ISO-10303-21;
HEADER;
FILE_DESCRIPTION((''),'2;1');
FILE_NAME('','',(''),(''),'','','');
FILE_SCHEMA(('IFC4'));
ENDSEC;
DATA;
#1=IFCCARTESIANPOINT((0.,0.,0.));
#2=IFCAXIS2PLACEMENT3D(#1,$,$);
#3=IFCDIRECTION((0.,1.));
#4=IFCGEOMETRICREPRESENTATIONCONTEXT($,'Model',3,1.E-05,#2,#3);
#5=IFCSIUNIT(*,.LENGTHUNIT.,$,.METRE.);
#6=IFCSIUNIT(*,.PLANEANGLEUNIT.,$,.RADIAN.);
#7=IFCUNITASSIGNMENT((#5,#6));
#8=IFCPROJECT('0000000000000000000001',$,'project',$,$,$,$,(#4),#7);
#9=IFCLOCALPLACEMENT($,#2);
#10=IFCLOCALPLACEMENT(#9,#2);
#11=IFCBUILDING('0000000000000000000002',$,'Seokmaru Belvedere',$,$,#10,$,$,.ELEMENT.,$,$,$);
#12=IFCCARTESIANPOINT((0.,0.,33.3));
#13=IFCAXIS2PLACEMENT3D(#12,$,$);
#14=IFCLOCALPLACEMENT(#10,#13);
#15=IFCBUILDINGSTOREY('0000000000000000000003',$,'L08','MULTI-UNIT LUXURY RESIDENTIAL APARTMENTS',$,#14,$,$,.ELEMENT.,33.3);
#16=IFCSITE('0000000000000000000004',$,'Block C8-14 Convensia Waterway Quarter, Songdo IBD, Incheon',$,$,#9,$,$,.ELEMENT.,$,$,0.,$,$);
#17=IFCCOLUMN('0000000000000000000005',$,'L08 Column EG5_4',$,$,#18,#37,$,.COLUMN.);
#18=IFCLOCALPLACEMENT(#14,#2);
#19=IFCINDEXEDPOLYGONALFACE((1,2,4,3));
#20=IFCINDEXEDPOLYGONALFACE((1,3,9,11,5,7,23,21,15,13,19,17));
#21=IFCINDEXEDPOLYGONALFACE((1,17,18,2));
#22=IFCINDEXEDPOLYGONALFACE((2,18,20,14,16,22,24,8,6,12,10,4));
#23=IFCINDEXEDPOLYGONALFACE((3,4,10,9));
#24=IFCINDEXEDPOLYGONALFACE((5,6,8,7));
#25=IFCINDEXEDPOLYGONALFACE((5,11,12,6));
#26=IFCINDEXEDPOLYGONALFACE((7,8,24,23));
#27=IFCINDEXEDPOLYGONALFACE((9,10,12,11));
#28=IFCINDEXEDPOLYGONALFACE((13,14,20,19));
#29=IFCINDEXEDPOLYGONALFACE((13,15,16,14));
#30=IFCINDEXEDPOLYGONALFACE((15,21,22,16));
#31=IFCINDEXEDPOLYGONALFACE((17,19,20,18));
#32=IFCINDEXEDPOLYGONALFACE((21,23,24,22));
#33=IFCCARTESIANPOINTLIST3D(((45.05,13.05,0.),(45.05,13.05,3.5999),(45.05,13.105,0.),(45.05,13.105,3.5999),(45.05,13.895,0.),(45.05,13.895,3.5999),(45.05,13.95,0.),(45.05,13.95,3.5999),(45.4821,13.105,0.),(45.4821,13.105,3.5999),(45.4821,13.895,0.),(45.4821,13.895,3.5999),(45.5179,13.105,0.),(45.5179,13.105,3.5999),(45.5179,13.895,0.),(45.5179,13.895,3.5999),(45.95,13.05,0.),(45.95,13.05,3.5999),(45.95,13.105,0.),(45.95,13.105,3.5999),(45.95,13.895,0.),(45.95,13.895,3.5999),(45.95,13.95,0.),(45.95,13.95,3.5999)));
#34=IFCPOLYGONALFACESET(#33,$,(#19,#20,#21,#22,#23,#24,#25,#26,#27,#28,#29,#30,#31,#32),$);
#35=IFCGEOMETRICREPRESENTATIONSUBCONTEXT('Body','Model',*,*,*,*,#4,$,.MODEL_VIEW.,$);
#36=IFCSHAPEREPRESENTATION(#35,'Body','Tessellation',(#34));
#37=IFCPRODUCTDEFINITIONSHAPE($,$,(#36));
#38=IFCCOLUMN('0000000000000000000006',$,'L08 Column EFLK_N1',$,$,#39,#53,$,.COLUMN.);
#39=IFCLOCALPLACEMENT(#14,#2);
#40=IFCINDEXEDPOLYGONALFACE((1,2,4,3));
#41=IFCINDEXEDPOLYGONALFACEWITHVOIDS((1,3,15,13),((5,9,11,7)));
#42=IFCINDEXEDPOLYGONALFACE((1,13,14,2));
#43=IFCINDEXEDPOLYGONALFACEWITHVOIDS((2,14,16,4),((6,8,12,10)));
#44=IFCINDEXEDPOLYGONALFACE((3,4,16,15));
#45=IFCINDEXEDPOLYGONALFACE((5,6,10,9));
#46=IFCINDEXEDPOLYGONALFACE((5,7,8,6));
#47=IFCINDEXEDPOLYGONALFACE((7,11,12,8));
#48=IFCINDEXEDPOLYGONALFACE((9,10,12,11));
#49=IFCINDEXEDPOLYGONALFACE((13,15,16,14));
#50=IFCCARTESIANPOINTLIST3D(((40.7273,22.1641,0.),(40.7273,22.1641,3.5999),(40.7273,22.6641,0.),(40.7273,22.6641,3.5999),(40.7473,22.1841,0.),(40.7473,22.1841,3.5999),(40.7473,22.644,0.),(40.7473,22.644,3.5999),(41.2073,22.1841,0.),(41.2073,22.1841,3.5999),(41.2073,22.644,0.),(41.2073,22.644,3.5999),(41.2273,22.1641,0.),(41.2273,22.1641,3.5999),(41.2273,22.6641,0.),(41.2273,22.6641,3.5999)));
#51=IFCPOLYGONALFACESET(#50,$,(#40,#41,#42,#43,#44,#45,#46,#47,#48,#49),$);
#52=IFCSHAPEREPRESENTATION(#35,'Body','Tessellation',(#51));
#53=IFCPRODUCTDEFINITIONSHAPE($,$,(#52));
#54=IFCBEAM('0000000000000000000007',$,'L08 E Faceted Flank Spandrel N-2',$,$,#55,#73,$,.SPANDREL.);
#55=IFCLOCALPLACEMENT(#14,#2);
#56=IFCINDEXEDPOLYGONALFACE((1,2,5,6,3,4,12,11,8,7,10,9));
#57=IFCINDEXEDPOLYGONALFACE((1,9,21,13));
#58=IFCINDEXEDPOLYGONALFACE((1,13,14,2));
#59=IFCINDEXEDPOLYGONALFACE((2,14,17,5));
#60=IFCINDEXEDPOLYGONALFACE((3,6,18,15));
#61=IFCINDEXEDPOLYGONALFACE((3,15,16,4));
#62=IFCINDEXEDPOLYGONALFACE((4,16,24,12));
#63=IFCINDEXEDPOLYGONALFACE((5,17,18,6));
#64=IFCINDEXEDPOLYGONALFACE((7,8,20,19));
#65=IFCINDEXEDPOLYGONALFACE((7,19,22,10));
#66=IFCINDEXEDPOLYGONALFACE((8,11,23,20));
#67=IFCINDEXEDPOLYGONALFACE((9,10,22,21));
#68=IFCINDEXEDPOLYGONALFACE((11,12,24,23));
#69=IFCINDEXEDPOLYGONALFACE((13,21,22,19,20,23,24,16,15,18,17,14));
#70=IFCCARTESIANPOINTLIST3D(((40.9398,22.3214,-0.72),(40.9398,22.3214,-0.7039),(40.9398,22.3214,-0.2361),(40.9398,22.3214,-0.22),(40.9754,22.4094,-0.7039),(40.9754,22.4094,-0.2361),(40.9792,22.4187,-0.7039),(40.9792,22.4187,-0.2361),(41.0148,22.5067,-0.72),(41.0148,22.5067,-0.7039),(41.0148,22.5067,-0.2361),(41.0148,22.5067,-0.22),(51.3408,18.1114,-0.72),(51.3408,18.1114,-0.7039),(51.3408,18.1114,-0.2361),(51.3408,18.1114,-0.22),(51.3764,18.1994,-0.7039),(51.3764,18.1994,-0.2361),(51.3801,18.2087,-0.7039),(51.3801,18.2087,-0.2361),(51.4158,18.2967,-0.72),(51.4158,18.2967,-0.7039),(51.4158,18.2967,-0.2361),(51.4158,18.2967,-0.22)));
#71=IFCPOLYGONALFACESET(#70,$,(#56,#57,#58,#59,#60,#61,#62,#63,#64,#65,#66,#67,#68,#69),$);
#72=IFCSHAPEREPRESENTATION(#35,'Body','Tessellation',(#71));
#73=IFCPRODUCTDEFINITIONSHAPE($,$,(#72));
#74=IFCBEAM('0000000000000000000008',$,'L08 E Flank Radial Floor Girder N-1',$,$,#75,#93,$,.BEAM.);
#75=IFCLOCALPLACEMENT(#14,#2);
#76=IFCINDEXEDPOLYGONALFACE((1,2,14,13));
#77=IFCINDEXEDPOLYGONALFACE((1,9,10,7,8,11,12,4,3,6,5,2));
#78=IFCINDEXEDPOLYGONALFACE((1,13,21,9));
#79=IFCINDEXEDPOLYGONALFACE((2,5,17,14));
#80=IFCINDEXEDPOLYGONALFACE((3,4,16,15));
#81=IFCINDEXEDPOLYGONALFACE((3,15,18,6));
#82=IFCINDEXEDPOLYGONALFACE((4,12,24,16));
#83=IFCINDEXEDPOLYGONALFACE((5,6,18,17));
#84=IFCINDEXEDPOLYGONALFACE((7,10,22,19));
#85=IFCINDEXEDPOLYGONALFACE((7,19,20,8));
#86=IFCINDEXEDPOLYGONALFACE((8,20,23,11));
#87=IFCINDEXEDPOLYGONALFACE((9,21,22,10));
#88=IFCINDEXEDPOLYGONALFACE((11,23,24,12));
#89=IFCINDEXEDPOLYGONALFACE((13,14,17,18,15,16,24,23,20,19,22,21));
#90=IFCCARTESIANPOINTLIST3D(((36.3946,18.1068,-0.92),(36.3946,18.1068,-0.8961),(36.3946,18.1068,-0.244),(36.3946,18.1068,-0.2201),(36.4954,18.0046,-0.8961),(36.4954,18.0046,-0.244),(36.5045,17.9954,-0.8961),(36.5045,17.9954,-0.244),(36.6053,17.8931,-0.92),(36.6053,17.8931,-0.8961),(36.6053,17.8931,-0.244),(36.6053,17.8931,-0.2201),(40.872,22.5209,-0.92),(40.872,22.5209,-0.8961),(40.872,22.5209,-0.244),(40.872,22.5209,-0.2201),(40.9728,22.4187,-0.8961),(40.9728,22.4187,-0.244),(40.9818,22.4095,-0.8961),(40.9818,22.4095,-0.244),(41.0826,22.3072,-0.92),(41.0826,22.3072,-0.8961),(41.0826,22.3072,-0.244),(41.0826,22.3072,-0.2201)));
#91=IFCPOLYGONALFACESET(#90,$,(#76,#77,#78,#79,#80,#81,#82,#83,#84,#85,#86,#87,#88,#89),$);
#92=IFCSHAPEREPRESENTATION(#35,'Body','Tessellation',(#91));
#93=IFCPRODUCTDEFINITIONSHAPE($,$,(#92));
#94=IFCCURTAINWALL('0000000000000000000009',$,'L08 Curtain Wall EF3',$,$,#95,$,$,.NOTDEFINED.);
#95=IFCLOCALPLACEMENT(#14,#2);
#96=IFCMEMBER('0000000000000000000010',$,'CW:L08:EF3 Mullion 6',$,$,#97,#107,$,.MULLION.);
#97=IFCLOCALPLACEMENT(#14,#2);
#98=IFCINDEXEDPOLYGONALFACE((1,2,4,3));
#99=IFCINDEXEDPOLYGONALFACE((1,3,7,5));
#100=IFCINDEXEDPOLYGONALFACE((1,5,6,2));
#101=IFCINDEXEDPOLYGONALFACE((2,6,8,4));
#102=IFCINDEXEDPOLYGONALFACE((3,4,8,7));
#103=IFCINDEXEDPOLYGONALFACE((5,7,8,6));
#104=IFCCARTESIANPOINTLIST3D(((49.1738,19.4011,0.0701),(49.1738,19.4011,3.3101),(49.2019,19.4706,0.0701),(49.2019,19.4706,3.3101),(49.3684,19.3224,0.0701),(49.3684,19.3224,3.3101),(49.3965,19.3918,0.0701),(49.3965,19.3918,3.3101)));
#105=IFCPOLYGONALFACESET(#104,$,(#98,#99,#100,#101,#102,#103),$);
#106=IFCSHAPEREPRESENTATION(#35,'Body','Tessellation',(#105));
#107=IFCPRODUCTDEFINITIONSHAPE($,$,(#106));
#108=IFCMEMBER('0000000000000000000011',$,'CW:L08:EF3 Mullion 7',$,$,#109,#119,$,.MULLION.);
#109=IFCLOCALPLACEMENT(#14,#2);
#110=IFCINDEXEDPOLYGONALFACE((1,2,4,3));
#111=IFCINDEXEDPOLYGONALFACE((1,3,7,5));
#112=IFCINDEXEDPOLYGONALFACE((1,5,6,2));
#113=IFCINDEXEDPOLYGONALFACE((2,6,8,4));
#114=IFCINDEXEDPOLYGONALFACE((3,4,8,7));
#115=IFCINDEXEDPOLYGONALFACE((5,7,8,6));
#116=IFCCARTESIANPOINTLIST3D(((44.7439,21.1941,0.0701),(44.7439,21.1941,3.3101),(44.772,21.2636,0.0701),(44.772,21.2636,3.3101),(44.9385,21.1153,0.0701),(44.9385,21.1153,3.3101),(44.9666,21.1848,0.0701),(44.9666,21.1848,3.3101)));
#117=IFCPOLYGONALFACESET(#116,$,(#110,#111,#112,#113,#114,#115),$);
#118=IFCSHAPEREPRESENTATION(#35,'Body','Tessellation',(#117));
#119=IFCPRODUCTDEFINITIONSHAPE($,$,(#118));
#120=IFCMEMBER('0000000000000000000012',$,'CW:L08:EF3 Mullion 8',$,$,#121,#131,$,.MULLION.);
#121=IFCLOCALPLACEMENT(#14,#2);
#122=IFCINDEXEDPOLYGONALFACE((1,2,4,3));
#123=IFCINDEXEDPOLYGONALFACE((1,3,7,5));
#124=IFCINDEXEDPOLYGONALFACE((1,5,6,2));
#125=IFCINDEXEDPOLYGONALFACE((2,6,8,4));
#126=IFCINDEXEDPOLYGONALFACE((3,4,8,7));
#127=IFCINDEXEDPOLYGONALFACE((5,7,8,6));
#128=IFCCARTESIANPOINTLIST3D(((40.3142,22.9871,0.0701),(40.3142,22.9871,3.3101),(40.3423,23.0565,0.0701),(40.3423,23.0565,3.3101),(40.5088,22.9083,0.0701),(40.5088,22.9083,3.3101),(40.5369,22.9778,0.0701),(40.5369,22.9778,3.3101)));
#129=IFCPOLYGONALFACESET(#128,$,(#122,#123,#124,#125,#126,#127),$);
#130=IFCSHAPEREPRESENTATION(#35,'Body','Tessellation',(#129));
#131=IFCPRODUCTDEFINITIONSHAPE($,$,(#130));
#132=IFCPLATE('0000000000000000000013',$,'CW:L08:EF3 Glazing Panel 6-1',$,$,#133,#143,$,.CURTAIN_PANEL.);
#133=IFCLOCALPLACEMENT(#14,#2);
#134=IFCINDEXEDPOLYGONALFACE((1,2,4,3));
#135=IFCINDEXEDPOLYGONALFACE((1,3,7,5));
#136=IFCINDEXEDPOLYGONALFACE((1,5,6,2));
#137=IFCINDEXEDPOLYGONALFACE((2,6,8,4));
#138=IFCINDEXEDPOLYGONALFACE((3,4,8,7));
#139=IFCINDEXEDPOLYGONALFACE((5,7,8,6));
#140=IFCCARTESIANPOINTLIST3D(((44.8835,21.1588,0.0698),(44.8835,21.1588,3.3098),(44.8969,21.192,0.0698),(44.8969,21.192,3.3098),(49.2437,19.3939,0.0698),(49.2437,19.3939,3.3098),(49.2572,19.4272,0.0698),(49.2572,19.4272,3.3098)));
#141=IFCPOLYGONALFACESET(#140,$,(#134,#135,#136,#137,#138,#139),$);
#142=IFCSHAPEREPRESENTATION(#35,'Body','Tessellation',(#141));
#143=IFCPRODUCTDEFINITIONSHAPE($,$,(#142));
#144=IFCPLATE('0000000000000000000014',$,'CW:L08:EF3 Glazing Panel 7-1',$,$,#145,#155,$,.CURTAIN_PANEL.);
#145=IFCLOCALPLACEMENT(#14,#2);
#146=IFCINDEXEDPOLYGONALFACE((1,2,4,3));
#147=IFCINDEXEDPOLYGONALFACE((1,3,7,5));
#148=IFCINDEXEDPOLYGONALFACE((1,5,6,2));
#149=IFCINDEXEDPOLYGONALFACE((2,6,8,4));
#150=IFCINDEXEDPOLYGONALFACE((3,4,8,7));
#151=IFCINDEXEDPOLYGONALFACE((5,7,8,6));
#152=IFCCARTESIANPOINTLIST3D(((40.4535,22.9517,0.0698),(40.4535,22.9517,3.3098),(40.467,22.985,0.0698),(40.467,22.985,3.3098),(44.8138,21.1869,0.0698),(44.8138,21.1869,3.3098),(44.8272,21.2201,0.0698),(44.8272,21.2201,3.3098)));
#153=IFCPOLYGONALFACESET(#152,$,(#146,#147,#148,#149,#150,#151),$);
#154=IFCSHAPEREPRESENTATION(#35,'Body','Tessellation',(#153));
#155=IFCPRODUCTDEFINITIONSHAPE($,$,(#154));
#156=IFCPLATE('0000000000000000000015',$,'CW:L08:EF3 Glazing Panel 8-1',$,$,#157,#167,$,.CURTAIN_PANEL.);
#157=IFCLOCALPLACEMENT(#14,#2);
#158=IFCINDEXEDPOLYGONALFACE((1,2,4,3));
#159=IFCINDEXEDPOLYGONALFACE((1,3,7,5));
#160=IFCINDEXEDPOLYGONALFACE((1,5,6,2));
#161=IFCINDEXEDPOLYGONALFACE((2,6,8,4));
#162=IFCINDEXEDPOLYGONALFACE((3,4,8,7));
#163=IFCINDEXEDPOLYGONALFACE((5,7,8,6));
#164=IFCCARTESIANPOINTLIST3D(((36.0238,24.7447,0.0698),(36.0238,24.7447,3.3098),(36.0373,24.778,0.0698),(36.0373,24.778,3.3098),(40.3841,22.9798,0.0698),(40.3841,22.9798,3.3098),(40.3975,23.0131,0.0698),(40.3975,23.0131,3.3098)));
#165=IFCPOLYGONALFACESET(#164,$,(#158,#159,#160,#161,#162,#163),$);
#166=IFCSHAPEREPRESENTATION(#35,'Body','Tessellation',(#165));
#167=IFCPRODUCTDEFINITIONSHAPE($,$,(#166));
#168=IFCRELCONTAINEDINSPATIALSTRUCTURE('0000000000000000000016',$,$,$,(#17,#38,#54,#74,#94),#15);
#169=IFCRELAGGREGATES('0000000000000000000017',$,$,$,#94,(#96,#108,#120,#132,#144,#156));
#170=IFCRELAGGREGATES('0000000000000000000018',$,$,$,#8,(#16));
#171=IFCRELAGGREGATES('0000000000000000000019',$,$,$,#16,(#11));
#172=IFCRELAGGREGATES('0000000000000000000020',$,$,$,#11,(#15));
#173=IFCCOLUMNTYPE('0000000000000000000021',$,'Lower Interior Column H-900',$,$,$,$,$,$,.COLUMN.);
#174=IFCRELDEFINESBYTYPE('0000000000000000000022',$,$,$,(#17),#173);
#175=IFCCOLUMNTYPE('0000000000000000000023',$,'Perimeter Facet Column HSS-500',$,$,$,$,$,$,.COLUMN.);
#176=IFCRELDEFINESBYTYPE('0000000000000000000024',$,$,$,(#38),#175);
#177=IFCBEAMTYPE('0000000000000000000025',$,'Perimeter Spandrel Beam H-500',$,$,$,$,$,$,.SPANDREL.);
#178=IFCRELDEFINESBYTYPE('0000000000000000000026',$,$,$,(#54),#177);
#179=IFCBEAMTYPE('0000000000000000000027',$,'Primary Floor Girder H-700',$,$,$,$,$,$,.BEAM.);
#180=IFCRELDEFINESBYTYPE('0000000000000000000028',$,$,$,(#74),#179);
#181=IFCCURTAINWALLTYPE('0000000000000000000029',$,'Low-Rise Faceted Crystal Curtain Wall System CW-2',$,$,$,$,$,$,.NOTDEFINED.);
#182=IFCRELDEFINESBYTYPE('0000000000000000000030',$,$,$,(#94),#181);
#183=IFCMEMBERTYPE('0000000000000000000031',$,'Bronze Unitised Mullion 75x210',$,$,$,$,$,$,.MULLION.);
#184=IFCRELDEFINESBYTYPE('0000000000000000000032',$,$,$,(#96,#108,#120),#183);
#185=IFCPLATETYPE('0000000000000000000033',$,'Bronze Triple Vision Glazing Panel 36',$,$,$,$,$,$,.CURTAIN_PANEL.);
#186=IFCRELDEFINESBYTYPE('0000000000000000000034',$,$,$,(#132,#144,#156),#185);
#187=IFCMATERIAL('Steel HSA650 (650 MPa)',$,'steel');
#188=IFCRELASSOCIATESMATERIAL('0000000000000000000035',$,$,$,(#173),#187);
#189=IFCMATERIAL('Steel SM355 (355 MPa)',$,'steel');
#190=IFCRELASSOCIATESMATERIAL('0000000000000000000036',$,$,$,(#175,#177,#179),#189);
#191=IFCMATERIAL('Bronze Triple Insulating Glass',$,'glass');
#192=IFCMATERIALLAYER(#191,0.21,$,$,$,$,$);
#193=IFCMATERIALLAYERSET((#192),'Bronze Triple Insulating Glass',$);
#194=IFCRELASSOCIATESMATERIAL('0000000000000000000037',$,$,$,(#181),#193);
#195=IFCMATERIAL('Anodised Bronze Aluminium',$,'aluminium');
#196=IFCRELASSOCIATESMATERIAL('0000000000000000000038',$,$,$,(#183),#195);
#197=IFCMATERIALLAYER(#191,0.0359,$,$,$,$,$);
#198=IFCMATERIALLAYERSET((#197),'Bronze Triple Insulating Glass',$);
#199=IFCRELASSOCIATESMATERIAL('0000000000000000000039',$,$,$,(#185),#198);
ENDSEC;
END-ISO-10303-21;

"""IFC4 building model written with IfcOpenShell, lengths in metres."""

from ifc_helpers import new_model, si_unit, direction, frame, origin, origin_2d, place, context, subcontext, project, spatial, rectangle, hollow_rectangle, i_section, extrude, source, transform, mapped, material, layer, layer_set, material_profile, profile_set, type_object, type_shapes, element, aggregate, save


model = new_model("IFC4")

# Units and contexts
model_context = context("Model", 3, precision=1e-05, world=origin(), true_north=direction((0.0, 1.0)))
body_context = subcontext(model_context, "Body", "Model", "MODEL_VIEW")
ifc_project = project(units=[si_unit("LENGTHUNIT", "METRE"), si_unit("PLANEANGLEUNIT", "RADIAN")], contexts=[model_context])

# Site, building, storey
site_placement = place(None, origin())
site = spatial("IfcSite", under=ifc_project, at=site_placement, Name="Block C8-14 Convensia Waterway Quarter, Songdo IBD, Incheon", CompositionType="ELEMENT", RefElevation=0.0)
building_placement = place(site_placement, origin())
building = spatial("IfcBuilding", under=site, at=building_placement, Name="Seokmaru Belvedere", CompositionType="ELEMENT")
storey_placement = place(building_placement, frame((0.0, 0.0, 33.3)))
storey = spatial("IfcBuildingStorey", under=building, at=storey_placement, Name="L08", Description="MULTI-UNIT LUXURY RESIDENTIAL APARTMENTS", CompositionType="ELEMENT", Elevation=33.3)

# Columns
ifc_material_1 = material(Name="Steel HSA650 (650 MPa)", Category="steel")
ifc_material_profile_1 = material_profile(ifc_material_1, i_section(OverallWidth=0.8999, OverallDepth=0.8999, WebThickness=0.0359, FlangeThickness=0.0549, at=origin_2d()), Name="H-900x900x36x55")
ifc_profile_set_1 = profile_set([ifc_material_profile_1], Name="Steel HSA650 (650 MPa)")
column_type_1 = type_object("IfcColumnType", Name="Lower Interior Column H-900", PredefinedType="COLUMN", material=ifc_profile_set_1)
shared_shape_1 = source(origin(), body_context, "Body", "SweptSolid", [
    extrude(i_section(OverallWidth=0.8999, OverallDepth=0.8999, WebThickness=0.0359, FlangeThickness=0.0549, at=origin_2d()), origin(), (0.0, 0.0, 1.0), 3.5999),
])
type_shapes(column_type_1, [shared_shape_1])
column_1_placement = place(storey_placement, frame((45.5, 13.5, 0.0), z_axis=(0.0, 0.0, 1.0), x_axis=(1.0, 0.0, 0.0)))
element("IfcColumn", 1, at=column_1_placement, inside=storey, type_object=column_type_1, Name="L08 Column EG5_4", PredefinedType="COLUMN", context=body_context, shape_type="MappedRepresentation", body=[
    mapped(shared_shape_1, transform((0.0, 0.0, 0.0), scale=1.0)),
])
ifc_material_2 = material(Name="Steel SM355 (355 MPa)", Category="steel")
ifc_material_profile_2 = material_profile(ifc_material_2, hollow_rectangle(XDim=0.5, YDim=0.5, WallThickness=0.02, at=origin_2d()), Name="HSS-500x500x20")
ifc_profile_set_2 = profile_set([ifc_material_profile_2], Name="Steel SM355 (355 MPa)")
column_type_2 = type_object("IfcColumnType", Name="Perimeter Facet Column HSS-500", PredefinedType="COLUMN", material=ifc_profile_set_2)
shared_shape_2 = source(origin(), body_context, "Body", "SweptSolid", [
    extrude(hollow_rectangle(XDim=0.5, YDim=0.5, WallThickness=0.02, at=origin_2d()), origin(), (0.0, 0.0, 1.0), 3.5999),
])
type_shapes(column_type_2, [shared_shape_2])
column_2_placement = place(storey_placement, frame((40.9773, 22.4141, 0.0), z_axis=(0.0, 0.0, 1.0), x_axis=(1.0, 0.0, 0.0)))
element("IfcColumn", 2, at=column_2_placement, inside=storey, type_object=column_type_2, Name="L08 Column EFLK_N1", PredefinedType="COLUMN", context=body_context, shape_type="MappedRepresentation", body=[
    mapped(shared_shape_2, transform((0.0, 0.0, 0.0), scale=1.0)),
])

# Beams
ifc_material_profile_3 = material_profile(ifc_material_2, i_section(OverallWidth=0.2, OverallDepth=0.5, WebThickness=0.01, FlangeThickness=0.0161, at=origin_2d()), Name="H-500x200x10x16")
ifc_profile_set_3 = profile_set([ifc_material_profile_3], Name="Steel SM355 (355 MPa)")
beam_type_1 = type_object("IfcBeamType", Name="Perimeter Spandrel Beam H-500", PredefinedType="SPANDREL", material=ifc_profile_set_3)
shared_shape_3 = source(origin(), body_context, "Body", "SweptSolid", [
    extrude(i_section(OverallWidth=0.2, OverallDepth=0.5, WebThickness=0.01, FlangeThickness=0.0161, at=origin_2d()), origin(), (0.0, 0.0, 1.0), 11.2207),
])
type_shapes(beam_type_1, [shared_shape_3])
beam_1_placement = place(storey_placement, frame((40.9773, 22.4141, -0.47), z_axis=(0.926944, -0.375199, 0.0), x_axis=(0.375199, 0.926944, 0.0)))
element("IfcBeam", 3, at=beam_1_placement, inside=storey, type_object=beam_type_1, Name="L08 E Faceted Flank Spandrel N-2", PredefinedType="SPANDREL", context=body_context, shape_type="MappedRepresentation", body=[
    mapped(shared_shape_3, transform((0.0, 0.0, 0.0), scale=1.0)),
])
ifc_material_profile_4 = material_profile(ifc_material_2, i_section(OverallWidth=0.3, OverallDepth=0.7, WebThickness=0.0129, FlangeThickness=0.0239, at=origin_2d()), Name="H-700x300x13x24")
ifc_profile_set_4 = profile_set([ifc_material_profile_4], Name="Steel SM355 (355 MPa)")
beam_type_2 = type_object("IfcBeamType", Name="Primary Floor Girder H-700", PredefinedType="BEAM", material=ifc_profile_set_4)
shared_shape_4 = source(origin(), body_context, "Body", "SweptSolid", [
    extrude(i_section(OverallWidth=0.3, OverallDepth=0.7, WebThickness=0.0129, FlangeThickness=0.0239, at=origin_2d()), origin(), (0.0, 0.0, 1.0), 6.2874),
])
type_shapes(beam_type_2, [shared_shape_4])
beam_2_placement = place(storey_placement, frame((40.9773, 22.4141, -0.5701), z_axis=(-0.712117, -0.70206, 0.0), x_axis=(0.70206, -0.712117, 0.0)))
element("IfcBeam", 4, at=beam_2_placement, inside=storey, type_object=beam_type_2, Name="L08 E Flank Radial Floor Girder N-1", PredefinedType="BEAM", context=body_context, shape_type="MappedRepresentation", body=[
    mapped(shared_shape_4, transform((0.0, 0.0, 0.0), scale=1.0)),
])

# Curtain wall, members, plates
ifc_material_3 = material(Name="Bronze Triple Insulating Glass", Category="glass")
ifc_layer_1 = layer(ifc_material_3, 0.21)
ifc_layer_set_1 = layer_set([ifc_layer_1], Name="Bronze Triple Insulating Glass")
curtain_wall_type = type_object("IfcCurtainWallType", Name="Low-Rise Faceted Crystal Curtain Wall System CW-2", PredefinedType="NOTDEFINED", material=ifc_layer_set_1)
curtain_wall_placement = place(storey_placement, origin())
curtain_wall = element("IfcCurtainWall", 5, at=curtain_wall_placement, inside=storey, type_object=curtain_wall_type, Name="L08 Curtain Wall EF3", PredefinedType="NOTDEFINED")
ifc_material_4 = material(Name="Anodised Bronze Aluminium", Category="aluminium")
ifc_material_profile_5 = material_profile(ifc_material_4, rectangle(XDim=0.075, YDim=0.21, at=origin_2d()), Name="CW-M-75x210")
ifc_profile_set_5 = profile_set([ifc_material_profile_5], Name="Anodised Bronze Aluminium")
member_type = type_object("IfcMemberType", Name="Bronze Unitised Mullion 75x210", PredefinedType="MULLION", material=ifc_profile_set_5)
shared_shape_5 = source(origin(), body_context, "Body", "SweptSolid", [
    extrude(rectangle(XDim=0.075, YDim=0.21, at=origin_2d()), origin(), (0.0, 0.0, 1.0), 3.24),
])
type_shapes(member_type, [shared_shape_5])
member_1_placement = place(storey_placement, frame((49.2852, 19.3965, 0.0701), z_axis=(0.0, 0.0, 1.0), x_axis=(-0.375192, -0.926947, 0.0)))
member_1 = element("IfcMember", 6, at=member_1_placement, type_object=member_type, Name="CW:L08:EF3 Mullion 6", PredefinedType="MULLION", context=body_context, shape_type="MappedRepresentation", body=[
    mapped(shared_shape_5, transform((0.0, 0.0, 0.0), scale=1.0)),
])
member_2_placement = place(storey_placement, frame((44.8552, 21.1895, 0.0701), z_axis=(0.0, 0.0, 1.0), x_axis=(-0.375192, -0.926947, 0.0)))
member_2 = element("IfcMember", 7, at=member_2_placement, type_object=member_type, Name="CW:L08:EF3 Mullion 7", PredefinedType="MULLION", context=body_context, shape_type="MappedRepresentation", body=[
    mapped(shared_shape_5, transform((0.0, 0.0, 0.0), scale=1.0)),
])
member_3_placement = place(storey_placement, frame((40.4255, 22.9824, 0.0701), z_axis=(0.0, 0.0, 1.0), x_axis=(-0.375192, -0.926947, 0.0)))
member_3 = element("IfcMember", 8, at=member_3_placement, type_object=member_type, Name="CW:L08:EF3 Mullion 8", PredefinedType="MULLION", context=body_context, shape_type="MappedRepresentation", body=[
    mapped(shared_shape_5, transform((0.0, 0.0, 0.0), scale=1.0)),
])
ifc_layer_2 = layer(ifc_material_3, 0.0359)
ifc_layer_set_2 = layer_set([ifc_layer_2], Name="Bronze Triple Insulating Glass")
plate_type = type_object("IfcPlateType", Name="Bronze Triple Vision Glazing Panel 36", PredefinedType="CURTAIN_PANEL", material=ifc_layer_set_2)
shared_shape_6 = source(origin(), body_context, "Body", "SweptSolid", [
    extrude(rectangle(XDim=4.7039, YDim=0.0359, at=origin_2d()), origin(), (0.0, 0.0, 1.0), 3.24),
])
type_shapes(plate_type, [shared_shape_6])
plate_1_placement = place(storey_placement, frame((47.0703, 20.293, 0.0698), z_axis=(0.0, 0.0, 1.0), x_axis=(-0.926947, 0.375192, 0.0)))
plate_1 = element("IfcPlate", 9, at=plate_1_placement, type_object=plate_type, Name="CW:L08:EF3 Glazing Panel 6-1", PredefinedType="CURTAIN_PANEL", context=body_context, shape_type="MappedRepresentation", body=[
    mapped(shared_shape_6, transform((0.0, 0.0, 0.0), scale=1.0)),
])
plate_2_placement = place(storey_placement, frame((42.6404, 22.0859, 0.0698), z_axis=(0.0, 0.0, 1.0), x_axis=(-0.926947, 0.375192, 0.0)))
plate_2 = element("IfcPlate", 10, at=plate_2_placement, type_object=plate_type, Name="CW:L08:EF3 Glazing Panel 7-1", PredefinedType="CURTAIN_PANEL", context=body_context, shape_type="MappedRepresentation", body=[
    mapped(shared_shape_6, transform((0.0, 0.0, 0.0), scale=1.0)),
])
plate_3_placement = place(storey_placement, frame((38.2107, 23.8789, 0.0698), z_axis=(0.0, 0.0, 1.0), x_axis=(-0.926947, 0.375192, 0.0)))
plate_3 = element("IfcPlate", 11, at=plate_3_placement, type_object=plate_type, Name="CW:L08:EF3 Glazing Panel 8-1", PredefinedType="CURTAIN_PANEL", context=body_context, shape_type="MappedRepresentation", body=[
    mapped(shared_shape_6, transform((0.0, 0.0, 0.0), scale=1.0)),
])
aggregate(curtain_wall, [member_1, member_2, member_3, plate_1, plate_2, plate_3])

save(model, "model.ifc")
